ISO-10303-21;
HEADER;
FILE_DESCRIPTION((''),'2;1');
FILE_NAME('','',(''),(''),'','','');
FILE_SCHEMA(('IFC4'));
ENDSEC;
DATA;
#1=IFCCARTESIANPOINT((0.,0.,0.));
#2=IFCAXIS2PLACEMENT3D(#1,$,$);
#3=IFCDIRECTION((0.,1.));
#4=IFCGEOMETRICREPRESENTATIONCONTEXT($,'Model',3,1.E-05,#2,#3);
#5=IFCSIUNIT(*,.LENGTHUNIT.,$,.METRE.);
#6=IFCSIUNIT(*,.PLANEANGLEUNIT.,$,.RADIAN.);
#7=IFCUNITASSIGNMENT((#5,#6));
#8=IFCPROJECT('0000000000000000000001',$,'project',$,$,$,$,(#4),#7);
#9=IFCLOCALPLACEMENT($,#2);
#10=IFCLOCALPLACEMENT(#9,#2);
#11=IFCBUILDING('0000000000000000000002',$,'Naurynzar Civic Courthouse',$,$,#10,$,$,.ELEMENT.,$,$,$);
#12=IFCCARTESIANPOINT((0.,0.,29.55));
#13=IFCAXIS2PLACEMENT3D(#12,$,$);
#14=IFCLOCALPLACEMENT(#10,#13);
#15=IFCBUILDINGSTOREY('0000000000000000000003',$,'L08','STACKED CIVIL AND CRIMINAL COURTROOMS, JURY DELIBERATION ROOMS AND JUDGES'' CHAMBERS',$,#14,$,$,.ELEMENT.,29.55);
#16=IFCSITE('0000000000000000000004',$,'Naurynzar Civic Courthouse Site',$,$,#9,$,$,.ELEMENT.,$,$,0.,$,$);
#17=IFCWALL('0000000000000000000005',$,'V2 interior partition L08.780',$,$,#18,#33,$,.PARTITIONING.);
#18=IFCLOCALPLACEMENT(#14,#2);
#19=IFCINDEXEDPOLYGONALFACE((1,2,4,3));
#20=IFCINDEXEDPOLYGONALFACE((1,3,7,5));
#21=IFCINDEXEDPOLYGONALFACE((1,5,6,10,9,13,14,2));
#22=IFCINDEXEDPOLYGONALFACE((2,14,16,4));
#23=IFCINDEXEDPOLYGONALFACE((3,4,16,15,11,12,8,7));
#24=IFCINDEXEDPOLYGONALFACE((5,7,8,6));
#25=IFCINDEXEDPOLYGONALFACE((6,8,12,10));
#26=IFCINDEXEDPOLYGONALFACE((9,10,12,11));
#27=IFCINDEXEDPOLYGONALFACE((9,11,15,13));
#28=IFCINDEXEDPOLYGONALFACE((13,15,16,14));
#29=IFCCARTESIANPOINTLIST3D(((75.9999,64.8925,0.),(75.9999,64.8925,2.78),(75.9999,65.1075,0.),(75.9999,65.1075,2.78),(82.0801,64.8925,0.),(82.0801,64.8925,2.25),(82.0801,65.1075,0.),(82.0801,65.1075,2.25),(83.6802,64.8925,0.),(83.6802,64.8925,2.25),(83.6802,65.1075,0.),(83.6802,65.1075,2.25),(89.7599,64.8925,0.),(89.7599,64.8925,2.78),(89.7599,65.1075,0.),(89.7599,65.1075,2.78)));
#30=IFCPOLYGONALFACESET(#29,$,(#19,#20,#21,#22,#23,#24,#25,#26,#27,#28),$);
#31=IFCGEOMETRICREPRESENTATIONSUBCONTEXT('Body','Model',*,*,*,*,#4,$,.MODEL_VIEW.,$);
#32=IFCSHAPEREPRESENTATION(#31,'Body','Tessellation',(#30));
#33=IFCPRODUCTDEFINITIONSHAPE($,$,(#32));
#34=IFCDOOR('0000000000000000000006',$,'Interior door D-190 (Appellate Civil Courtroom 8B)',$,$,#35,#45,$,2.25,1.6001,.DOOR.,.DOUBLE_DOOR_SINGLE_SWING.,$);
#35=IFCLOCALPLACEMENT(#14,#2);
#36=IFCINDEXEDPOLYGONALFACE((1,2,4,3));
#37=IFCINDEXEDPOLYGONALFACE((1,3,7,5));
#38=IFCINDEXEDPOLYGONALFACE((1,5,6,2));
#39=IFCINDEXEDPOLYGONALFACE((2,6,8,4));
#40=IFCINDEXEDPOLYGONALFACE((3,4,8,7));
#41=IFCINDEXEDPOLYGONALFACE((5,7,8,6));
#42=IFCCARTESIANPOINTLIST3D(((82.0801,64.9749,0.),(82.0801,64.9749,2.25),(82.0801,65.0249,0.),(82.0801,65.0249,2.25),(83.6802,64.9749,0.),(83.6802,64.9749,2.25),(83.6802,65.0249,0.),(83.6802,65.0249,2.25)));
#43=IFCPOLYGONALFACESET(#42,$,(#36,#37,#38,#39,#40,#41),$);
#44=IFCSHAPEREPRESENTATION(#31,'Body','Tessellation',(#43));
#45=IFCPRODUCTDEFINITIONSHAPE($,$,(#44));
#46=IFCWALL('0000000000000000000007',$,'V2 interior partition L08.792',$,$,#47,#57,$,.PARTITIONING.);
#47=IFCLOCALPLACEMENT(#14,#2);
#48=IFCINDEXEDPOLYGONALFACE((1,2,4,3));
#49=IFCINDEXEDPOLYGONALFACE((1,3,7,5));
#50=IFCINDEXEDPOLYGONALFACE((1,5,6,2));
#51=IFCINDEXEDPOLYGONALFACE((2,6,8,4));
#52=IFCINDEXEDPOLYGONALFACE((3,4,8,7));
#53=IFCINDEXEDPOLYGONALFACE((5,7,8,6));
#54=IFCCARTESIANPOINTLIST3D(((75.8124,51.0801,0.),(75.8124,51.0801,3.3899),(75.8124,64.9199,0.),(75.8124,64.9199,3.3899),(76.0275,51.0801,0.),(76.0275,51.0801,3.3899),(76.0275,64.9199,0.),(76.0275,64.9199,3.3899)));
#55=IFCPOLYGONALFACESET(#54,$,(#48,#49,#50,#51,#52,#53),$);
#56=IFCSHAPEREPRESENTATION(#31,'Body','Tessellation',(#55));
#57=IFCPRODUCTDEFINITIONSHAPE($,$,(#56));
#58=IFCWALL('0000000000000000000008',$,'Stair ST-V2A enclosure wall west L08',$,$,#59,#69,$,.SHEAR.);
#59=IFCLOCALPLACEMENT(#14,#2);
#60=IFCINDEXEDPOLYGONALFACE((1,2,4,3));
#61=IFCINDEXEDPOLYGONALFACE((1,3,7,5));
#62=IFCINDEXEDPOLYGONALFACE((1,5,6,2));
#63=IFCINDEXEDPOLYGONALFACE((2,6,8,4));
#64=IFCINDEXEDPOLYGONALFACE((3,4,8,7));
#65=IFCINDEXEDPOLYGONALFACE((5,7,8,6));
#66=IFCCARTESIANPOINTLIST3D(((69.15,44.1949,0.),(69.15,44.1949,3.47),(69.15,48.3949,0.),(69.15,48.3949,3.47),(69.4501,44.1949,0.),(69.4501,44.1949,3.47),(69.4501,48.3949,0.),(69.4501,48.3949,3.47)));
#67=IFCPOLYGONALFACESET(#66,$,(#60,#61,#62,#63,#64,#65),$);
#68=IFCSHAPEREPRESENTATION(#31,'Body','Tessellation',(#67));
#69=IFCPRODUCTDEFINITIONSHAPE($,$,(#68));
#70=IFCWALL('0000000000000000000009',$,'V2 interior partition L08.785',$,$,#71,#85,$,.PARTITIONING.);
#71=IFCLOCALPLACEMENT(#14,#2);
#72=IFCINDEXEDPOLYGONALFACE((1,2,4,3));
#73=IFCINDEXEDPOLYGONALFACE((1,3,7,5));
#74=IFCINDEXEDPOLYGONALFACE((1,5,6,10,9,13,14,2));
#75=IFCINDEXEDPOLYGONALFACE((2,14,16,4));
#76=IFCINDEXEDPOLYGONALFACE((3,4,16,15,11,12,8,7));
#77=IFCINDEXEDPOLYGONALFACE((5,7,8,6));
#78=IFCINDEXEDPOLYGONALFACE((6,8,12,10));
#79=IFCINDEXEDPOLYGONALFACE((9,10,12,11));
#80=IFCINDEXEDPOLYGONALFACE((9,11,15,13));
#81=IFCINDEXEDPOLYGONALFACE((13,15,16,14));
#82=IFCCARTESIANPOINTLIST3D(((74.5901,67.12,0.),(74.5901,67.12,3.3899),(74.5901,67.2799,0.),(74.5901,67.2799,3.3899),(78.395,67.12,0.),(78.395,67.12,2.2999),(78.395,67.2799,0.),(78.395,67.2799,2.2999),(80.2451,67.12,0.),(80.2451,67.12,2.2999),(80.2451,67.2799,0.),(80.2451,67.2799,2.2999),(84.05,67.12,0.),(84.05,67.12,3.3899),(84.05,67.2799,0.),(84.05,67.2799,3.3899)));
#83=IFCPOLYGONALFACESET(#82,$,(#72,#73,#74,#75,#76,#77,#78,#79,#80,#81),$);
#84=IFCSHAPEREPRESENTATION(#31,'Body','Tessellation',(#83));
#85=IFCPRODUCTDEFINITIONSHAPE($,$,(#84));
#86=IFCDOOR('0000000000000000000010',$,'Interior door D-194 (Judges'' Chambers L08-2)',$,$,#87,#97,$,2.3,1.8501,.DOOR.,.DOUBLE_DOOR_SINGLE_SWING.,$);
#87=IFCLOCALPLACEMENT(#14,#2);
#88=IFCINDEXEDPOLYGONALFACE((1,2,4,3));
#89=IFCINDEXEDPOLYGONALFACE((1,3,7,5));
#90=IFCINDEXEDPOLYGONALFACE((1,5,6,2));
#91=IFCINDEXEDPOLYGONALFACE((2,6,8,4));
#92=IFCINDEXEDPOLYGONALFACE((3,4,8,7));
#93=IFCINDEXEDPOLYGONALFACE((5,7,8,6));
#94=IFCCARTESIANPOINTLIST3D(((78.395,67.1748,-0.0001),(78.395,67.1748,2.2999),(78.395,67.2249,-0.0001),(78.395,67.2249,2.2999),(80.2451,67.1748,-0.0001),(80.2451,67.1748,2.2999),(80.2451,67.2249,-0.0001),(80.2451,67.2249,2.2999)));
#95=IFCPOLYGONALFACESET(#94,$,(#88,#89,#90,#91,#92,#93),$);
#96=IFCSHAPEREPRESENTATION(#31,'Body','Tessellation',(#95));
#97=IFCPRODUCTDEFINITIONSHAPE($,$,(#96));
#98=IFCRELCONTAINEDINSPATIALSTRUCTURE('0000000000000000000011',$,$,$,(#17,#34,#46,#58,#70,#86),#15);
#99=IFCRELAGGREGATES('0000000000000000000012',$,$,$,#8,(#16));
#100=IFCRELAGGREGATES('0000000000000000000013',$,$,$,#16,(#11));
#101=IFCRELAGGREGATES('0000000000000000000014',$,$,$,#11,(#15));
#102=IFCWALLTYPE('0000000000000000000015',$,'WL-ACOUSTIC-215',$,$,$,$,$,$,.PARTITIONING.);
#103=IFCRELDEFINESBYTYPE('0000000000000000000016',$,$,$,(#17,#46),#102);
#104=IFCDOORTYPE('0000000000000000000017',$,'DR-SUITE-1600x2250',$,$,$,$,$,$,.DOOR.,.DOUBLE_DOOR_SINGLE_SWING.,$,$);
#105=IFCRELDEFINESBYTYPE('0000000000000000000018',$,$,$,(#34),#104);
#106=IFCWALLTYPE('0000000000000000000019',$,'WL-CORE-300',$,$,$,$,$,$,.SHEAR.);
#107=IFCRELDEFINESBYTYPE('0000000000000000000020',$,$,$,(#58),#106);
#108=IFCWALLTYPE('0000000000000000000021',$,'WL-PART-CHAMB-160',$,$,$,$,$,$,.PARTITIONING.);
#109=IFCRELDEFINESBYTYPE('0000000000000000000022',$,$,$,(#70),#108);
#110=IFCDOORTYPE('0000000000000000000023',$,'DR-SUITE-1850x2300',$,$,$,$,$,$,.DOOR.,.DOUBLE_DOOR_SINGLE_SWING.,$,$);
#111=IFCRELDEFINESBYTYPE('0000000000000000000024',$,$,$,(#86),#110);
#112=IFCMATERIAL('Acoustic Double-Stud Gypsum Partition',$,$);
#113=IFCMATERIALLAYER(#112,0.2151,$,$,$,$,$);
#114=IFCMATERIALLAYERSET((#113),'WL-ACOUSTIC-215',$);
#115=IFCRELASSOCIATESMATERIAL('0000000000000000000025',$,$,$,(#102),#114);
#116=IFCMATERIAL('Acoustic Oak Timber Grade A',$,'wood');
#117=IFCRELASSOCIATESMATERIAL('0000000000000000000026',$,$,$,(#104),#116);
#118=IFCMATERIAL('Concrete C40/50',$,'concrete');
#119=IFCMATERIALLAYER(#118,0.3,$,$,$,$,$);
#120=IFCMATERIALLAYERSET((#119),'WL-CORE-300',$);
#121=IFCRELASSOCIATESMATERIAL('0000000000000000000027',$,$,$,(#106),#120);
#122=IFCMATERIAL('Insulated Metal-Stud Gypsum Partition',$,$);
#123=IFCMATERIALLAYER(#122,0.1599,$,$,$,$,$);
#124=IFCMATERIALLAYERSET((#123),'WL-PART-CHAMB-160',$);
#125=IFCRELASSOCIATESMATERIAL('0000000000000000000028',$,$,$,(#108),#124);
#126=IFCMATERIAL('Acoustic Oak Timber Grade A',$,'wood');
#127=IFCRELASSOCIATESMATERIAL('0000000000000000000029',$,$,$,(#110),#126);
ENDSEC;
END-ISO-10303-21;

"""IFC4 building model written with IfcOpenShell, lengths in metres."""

from ifc_helpers import new_model, si_unit, direction, frame, frame_2d, origin, place, context, subcontext, project, spatial, rectangle, extrude, material, layer, layer_set, type_object, element, fill, save


model = new_model("IFC4")

# Units and contexts
model_context = context("Model", 3, precision=1e-05, world=origin(), true_north=direction((0.0, 1.0)))
body_context = subcontext(model_context, "Body", "Model", "MODEL_VIEW")
ifc_project = project(units=[si_unit("LENGTHUNIT", "METRE"), si_unit("PLANEANGLEUNIT", "RADIAN")], contexts=[model_context])

# Site, building, storey
site_placement = place(None, origin())
site = spatial("IfcSite", under=ifc_project, at=site_placement, Name="Naurynzar Civic Courthouse Site", CompositionType="ELEMENT", RefElevation=0.0)
building_placement = place(site_placement, origin())
building = spatial("IfcBuilding", under=site, at=building_placement, Name="Naurynzar Civic Courthouse", CompositionType="ELEMENT")
storey_placement = place(building_placement, frame((0.0, 0.0, 29.55)))
storey = spatial("IfcBuildingStorey", under=building, at=storey_placement, Name="L08", Description="STACKED CIVIL AND CRIMINAL COURTROOMS, JURY DELIBERATION ROOMS AND JUDGES' CHAMBERS", CompositionType="ELEMENT", Elevation=29.55)

# Shared definitions
ifc_material_1 = material(Name="Acoustic Double-Stud Gypsum Partition")
ifc_layer_1 = layer(ifc_material_1, 0.2151)
ifc_layer_set_1 = layer_set([ifc_layer_1], Name="WL-ACOUSTIC-215")
wall_type_1 = type_object("IfcWallType", Name="WL-ACOUSTIC-215", PredefinedType="PARTITIONING", material=ifc_layer_set_1)

# Wall, opening, door
wall_1_placement = place(storey_placement, frame((76.0, 65.0, 0.0), z_axis=(0.0, 0.0, 1.0), x_axis=(1.0, 0.0, 0.0)))
wall_1 = element("IfcWall", 1, at=wall_1_placement, inside=storey, type_object=wall_type_1, Name="V2 interior partition L08.780", PredefinedType="PARTITIONING", context=body_context, shape_type="SweptSolid", body=[
    extrude(rectangle(XDim=13.76, YDim=0.2151, at=frame_2d((6.8799, 0.0))), origin(), (0.0, 0.0, 1.0), 2.78),
])
opening_1_placement = place(wall_1_placement, frame((6.0801, 0.0, 0.0)))
opening_1 = element("IfcOpeningElement", 2, at=opening_1_placement, cuts=wall_1, PredefinedType="OPENING", context=body_context, shape_type="SweptSolid", body=[
    extrude(rectangle(XDim=1.6001, YDim=2.25, at=frame_2d((0.8, 1.125))), frame((0.0, 0.1174, 0.0), z_axis=(0.0, -1.0, 0.0), x_axis=(1.0, 0.0, 0.0)), (0.0, 0.0, 1.0), 0.2351),
])
ifc_material_2 = material(Name="Acoustic Oak Timber Grade A", Category="wood")
door_type_1 = type_object("IfcDoorType", Name="DR-SUITE-1600x2250", OperationType="DOUBLE_DOOR_SINGLE_SWING", PredefinedType="DOOR", material=ifc_material_2)
door_1_placement = place(opening_1_placement, origin())
door_1 = element("IfcDoor", 3, at=door_1_placement, inside=storey, type_object=door_type_1, Name="Interior door D-190 (Appellate Civil Courtroom 8B)", OperationType="DOUBLE_DOOR_SINGLE_SWING", OverallHeight=2.25, OverallWidth=1.6001, PredefinedType="DOOR", context=body_context, shape_type="SweptSolid", body=[
    extrude(rectangle(XDim=1.6001, YDim=2.25, at=frame_2d((0.8, 1.125))), frame((0.0, 0.0249, 0.0), z_axis=(0.0, -1.0, 0.0), x_axis=(1.0, 0.0, 0.0)), (0.0, 0.0, 1.0), 0.05),
])
fill(opening_1, door_1)

# Wall
wall_2_placement = place(storey_placement, frame((75.9199, 51.0801, 0.0), z_axis=(0.0, 0.0, 1.0), x_axis=(0.0, 1.0, 0.0)))
element("IfcWall", 4, at=wall_2_placement, inside=storey, type_object=wall_type_1, Name="V2 interior partition L08.792", PredefinedType="PARTITIONING", context=body_context, shape_type="SweptSolid", body=[
    extrude(rectangle(XDim=13.8398, YDim=0.2151, at=frame_2d((6.9199, 0.0))), origin(), (0.0, 0.0, 1.0), 3.3899),
])

# Shared definitions
ifc_material_3 = material(Name="Concrete C40/50", Category="concrete")
ifc_layer_2 = layer(ifc_material_3, 0.3)
ifc_layer_set_2 = layer_set([ifc_layer_2], Name="WL-CORE-300")
wall_type_2 = type_object("IfcWallType", Name="WL-CORE-300", PredefinedType="SHEAR", material=ifc_layer_set_2)

# Wall
wall_3_placement = place(storey_placement, frame((69.3, 48.395, 0.0), z_axis=(0.0, 0.0, 1.0), x_axis=(0.0, -1.0, 0.0)))
element("IfcWall", 5, at=wall_3_placement, inside=storey, type_object=wall_type_2, Name="Stair ST-V2A enclosure wall west L08", PredefinedType="SHEAR", context=body_context, shape_type="SweptSolid", body=[
    extrude(rectangle(XDim=4.2, YDim=0.3, at=frame_2d((2.1001, 0.0))), origin(), (0.0, 0.0, 1.0), 3.47),
])

# Wall, opening, door
ifc_material_4 = material(Name="Insulated Metal-Stud Gypsum Partition")
ifc_layer_3 = layer(ifc_material_4, 0.1599)
ifc_layer_set_3 = layer_set([ifc_layer_3], Name="WL-PART-CHAMB-160")
wall_type_3 = type_object("IfcWallType", Name="WL-PART-CHAMB-160", PredefinedType="PARTITIONING", material=ifc_layer_set_3)
wall_4_placement = place(storey_placement, frame((74.5901, 67.2, 0.0), z_axis=(0.0, 0.0, 1.0), x_axis=(1.0, 0.0, 0.0)))
wall_4 = element("IfcWall", 6, at=wall_4_placement, inside=storey, type_object=wall_type_3, Name="V2 interior partition L08.785", PredefinedType="PARTITIONING", context=body_context, shape_type="SweptSolid", body=[
    extrude(rectangle(XDim=9.46, YDim=0.1599, at=frame_2d((4.73, 0.0))), origin(), (0.0, 0.0, 1.0), 3.3899),
])
opening_2_placement = place(wall_4_placement, frame((3.8049, 0.0, 0.0)))
opening_2 = element("IfcOpeningElement", 7, at=opening_2_placement, cuts=wall_4, PredefinedType="OPENING", context=body_context, shape_type="SweptSolid", body=[
    extrude(rectangle(XDim=1.8501, YDim=2.3, at=frame_2d((0.925, 1.1499))), frame((0.0, 0.0898, 0.0), z_axis=(0.0, -1.0, 0.0), x_axis=(1.0, 0.0, 0.0)), (0.0, 0.0, 1.0), 0.1799),
])
ifc_material_5 = material(Name="Acoustic Oak Timber Grade A", Category="wood")
door_type_2 = type_object("IfcDoorType", Name="DR-SUITE-1850x2300", OperationType="DOUBLE_DOOR_SINGLE_SWING", PredefinedType="DOOR", material=ifc_material_5)
door_2_placement = place(opening_2_placement, origin())
door_2 = element("IfcDoor", 8, at=door_2_placement, inside=storey, type_object=door_type_2, Name="Interior door D-194 (Judges' Chambers L08-2)", OperationType="DOUBLE_DOOR_SINGLE_SWING", OverallHeight=2.3, OverallWidth=1.8501, PredefinedType="DOOR", context=body_context, shape_type="SweptSolid", body=[
    extrude(rectangle(XDim=1.8501, YDim=2.3, at=frame_2d((0.925, 1.1499))), frame((0.0, 0.0249, 0.0), z_axis=(0.0, -1.0, 0.0), x_axis=(1.0, 0.0, 0.0)), (0.0, 0.0, 1.0), 0.05),
])
fill(opening_2, door_2)

save(model, "model.ifc")
